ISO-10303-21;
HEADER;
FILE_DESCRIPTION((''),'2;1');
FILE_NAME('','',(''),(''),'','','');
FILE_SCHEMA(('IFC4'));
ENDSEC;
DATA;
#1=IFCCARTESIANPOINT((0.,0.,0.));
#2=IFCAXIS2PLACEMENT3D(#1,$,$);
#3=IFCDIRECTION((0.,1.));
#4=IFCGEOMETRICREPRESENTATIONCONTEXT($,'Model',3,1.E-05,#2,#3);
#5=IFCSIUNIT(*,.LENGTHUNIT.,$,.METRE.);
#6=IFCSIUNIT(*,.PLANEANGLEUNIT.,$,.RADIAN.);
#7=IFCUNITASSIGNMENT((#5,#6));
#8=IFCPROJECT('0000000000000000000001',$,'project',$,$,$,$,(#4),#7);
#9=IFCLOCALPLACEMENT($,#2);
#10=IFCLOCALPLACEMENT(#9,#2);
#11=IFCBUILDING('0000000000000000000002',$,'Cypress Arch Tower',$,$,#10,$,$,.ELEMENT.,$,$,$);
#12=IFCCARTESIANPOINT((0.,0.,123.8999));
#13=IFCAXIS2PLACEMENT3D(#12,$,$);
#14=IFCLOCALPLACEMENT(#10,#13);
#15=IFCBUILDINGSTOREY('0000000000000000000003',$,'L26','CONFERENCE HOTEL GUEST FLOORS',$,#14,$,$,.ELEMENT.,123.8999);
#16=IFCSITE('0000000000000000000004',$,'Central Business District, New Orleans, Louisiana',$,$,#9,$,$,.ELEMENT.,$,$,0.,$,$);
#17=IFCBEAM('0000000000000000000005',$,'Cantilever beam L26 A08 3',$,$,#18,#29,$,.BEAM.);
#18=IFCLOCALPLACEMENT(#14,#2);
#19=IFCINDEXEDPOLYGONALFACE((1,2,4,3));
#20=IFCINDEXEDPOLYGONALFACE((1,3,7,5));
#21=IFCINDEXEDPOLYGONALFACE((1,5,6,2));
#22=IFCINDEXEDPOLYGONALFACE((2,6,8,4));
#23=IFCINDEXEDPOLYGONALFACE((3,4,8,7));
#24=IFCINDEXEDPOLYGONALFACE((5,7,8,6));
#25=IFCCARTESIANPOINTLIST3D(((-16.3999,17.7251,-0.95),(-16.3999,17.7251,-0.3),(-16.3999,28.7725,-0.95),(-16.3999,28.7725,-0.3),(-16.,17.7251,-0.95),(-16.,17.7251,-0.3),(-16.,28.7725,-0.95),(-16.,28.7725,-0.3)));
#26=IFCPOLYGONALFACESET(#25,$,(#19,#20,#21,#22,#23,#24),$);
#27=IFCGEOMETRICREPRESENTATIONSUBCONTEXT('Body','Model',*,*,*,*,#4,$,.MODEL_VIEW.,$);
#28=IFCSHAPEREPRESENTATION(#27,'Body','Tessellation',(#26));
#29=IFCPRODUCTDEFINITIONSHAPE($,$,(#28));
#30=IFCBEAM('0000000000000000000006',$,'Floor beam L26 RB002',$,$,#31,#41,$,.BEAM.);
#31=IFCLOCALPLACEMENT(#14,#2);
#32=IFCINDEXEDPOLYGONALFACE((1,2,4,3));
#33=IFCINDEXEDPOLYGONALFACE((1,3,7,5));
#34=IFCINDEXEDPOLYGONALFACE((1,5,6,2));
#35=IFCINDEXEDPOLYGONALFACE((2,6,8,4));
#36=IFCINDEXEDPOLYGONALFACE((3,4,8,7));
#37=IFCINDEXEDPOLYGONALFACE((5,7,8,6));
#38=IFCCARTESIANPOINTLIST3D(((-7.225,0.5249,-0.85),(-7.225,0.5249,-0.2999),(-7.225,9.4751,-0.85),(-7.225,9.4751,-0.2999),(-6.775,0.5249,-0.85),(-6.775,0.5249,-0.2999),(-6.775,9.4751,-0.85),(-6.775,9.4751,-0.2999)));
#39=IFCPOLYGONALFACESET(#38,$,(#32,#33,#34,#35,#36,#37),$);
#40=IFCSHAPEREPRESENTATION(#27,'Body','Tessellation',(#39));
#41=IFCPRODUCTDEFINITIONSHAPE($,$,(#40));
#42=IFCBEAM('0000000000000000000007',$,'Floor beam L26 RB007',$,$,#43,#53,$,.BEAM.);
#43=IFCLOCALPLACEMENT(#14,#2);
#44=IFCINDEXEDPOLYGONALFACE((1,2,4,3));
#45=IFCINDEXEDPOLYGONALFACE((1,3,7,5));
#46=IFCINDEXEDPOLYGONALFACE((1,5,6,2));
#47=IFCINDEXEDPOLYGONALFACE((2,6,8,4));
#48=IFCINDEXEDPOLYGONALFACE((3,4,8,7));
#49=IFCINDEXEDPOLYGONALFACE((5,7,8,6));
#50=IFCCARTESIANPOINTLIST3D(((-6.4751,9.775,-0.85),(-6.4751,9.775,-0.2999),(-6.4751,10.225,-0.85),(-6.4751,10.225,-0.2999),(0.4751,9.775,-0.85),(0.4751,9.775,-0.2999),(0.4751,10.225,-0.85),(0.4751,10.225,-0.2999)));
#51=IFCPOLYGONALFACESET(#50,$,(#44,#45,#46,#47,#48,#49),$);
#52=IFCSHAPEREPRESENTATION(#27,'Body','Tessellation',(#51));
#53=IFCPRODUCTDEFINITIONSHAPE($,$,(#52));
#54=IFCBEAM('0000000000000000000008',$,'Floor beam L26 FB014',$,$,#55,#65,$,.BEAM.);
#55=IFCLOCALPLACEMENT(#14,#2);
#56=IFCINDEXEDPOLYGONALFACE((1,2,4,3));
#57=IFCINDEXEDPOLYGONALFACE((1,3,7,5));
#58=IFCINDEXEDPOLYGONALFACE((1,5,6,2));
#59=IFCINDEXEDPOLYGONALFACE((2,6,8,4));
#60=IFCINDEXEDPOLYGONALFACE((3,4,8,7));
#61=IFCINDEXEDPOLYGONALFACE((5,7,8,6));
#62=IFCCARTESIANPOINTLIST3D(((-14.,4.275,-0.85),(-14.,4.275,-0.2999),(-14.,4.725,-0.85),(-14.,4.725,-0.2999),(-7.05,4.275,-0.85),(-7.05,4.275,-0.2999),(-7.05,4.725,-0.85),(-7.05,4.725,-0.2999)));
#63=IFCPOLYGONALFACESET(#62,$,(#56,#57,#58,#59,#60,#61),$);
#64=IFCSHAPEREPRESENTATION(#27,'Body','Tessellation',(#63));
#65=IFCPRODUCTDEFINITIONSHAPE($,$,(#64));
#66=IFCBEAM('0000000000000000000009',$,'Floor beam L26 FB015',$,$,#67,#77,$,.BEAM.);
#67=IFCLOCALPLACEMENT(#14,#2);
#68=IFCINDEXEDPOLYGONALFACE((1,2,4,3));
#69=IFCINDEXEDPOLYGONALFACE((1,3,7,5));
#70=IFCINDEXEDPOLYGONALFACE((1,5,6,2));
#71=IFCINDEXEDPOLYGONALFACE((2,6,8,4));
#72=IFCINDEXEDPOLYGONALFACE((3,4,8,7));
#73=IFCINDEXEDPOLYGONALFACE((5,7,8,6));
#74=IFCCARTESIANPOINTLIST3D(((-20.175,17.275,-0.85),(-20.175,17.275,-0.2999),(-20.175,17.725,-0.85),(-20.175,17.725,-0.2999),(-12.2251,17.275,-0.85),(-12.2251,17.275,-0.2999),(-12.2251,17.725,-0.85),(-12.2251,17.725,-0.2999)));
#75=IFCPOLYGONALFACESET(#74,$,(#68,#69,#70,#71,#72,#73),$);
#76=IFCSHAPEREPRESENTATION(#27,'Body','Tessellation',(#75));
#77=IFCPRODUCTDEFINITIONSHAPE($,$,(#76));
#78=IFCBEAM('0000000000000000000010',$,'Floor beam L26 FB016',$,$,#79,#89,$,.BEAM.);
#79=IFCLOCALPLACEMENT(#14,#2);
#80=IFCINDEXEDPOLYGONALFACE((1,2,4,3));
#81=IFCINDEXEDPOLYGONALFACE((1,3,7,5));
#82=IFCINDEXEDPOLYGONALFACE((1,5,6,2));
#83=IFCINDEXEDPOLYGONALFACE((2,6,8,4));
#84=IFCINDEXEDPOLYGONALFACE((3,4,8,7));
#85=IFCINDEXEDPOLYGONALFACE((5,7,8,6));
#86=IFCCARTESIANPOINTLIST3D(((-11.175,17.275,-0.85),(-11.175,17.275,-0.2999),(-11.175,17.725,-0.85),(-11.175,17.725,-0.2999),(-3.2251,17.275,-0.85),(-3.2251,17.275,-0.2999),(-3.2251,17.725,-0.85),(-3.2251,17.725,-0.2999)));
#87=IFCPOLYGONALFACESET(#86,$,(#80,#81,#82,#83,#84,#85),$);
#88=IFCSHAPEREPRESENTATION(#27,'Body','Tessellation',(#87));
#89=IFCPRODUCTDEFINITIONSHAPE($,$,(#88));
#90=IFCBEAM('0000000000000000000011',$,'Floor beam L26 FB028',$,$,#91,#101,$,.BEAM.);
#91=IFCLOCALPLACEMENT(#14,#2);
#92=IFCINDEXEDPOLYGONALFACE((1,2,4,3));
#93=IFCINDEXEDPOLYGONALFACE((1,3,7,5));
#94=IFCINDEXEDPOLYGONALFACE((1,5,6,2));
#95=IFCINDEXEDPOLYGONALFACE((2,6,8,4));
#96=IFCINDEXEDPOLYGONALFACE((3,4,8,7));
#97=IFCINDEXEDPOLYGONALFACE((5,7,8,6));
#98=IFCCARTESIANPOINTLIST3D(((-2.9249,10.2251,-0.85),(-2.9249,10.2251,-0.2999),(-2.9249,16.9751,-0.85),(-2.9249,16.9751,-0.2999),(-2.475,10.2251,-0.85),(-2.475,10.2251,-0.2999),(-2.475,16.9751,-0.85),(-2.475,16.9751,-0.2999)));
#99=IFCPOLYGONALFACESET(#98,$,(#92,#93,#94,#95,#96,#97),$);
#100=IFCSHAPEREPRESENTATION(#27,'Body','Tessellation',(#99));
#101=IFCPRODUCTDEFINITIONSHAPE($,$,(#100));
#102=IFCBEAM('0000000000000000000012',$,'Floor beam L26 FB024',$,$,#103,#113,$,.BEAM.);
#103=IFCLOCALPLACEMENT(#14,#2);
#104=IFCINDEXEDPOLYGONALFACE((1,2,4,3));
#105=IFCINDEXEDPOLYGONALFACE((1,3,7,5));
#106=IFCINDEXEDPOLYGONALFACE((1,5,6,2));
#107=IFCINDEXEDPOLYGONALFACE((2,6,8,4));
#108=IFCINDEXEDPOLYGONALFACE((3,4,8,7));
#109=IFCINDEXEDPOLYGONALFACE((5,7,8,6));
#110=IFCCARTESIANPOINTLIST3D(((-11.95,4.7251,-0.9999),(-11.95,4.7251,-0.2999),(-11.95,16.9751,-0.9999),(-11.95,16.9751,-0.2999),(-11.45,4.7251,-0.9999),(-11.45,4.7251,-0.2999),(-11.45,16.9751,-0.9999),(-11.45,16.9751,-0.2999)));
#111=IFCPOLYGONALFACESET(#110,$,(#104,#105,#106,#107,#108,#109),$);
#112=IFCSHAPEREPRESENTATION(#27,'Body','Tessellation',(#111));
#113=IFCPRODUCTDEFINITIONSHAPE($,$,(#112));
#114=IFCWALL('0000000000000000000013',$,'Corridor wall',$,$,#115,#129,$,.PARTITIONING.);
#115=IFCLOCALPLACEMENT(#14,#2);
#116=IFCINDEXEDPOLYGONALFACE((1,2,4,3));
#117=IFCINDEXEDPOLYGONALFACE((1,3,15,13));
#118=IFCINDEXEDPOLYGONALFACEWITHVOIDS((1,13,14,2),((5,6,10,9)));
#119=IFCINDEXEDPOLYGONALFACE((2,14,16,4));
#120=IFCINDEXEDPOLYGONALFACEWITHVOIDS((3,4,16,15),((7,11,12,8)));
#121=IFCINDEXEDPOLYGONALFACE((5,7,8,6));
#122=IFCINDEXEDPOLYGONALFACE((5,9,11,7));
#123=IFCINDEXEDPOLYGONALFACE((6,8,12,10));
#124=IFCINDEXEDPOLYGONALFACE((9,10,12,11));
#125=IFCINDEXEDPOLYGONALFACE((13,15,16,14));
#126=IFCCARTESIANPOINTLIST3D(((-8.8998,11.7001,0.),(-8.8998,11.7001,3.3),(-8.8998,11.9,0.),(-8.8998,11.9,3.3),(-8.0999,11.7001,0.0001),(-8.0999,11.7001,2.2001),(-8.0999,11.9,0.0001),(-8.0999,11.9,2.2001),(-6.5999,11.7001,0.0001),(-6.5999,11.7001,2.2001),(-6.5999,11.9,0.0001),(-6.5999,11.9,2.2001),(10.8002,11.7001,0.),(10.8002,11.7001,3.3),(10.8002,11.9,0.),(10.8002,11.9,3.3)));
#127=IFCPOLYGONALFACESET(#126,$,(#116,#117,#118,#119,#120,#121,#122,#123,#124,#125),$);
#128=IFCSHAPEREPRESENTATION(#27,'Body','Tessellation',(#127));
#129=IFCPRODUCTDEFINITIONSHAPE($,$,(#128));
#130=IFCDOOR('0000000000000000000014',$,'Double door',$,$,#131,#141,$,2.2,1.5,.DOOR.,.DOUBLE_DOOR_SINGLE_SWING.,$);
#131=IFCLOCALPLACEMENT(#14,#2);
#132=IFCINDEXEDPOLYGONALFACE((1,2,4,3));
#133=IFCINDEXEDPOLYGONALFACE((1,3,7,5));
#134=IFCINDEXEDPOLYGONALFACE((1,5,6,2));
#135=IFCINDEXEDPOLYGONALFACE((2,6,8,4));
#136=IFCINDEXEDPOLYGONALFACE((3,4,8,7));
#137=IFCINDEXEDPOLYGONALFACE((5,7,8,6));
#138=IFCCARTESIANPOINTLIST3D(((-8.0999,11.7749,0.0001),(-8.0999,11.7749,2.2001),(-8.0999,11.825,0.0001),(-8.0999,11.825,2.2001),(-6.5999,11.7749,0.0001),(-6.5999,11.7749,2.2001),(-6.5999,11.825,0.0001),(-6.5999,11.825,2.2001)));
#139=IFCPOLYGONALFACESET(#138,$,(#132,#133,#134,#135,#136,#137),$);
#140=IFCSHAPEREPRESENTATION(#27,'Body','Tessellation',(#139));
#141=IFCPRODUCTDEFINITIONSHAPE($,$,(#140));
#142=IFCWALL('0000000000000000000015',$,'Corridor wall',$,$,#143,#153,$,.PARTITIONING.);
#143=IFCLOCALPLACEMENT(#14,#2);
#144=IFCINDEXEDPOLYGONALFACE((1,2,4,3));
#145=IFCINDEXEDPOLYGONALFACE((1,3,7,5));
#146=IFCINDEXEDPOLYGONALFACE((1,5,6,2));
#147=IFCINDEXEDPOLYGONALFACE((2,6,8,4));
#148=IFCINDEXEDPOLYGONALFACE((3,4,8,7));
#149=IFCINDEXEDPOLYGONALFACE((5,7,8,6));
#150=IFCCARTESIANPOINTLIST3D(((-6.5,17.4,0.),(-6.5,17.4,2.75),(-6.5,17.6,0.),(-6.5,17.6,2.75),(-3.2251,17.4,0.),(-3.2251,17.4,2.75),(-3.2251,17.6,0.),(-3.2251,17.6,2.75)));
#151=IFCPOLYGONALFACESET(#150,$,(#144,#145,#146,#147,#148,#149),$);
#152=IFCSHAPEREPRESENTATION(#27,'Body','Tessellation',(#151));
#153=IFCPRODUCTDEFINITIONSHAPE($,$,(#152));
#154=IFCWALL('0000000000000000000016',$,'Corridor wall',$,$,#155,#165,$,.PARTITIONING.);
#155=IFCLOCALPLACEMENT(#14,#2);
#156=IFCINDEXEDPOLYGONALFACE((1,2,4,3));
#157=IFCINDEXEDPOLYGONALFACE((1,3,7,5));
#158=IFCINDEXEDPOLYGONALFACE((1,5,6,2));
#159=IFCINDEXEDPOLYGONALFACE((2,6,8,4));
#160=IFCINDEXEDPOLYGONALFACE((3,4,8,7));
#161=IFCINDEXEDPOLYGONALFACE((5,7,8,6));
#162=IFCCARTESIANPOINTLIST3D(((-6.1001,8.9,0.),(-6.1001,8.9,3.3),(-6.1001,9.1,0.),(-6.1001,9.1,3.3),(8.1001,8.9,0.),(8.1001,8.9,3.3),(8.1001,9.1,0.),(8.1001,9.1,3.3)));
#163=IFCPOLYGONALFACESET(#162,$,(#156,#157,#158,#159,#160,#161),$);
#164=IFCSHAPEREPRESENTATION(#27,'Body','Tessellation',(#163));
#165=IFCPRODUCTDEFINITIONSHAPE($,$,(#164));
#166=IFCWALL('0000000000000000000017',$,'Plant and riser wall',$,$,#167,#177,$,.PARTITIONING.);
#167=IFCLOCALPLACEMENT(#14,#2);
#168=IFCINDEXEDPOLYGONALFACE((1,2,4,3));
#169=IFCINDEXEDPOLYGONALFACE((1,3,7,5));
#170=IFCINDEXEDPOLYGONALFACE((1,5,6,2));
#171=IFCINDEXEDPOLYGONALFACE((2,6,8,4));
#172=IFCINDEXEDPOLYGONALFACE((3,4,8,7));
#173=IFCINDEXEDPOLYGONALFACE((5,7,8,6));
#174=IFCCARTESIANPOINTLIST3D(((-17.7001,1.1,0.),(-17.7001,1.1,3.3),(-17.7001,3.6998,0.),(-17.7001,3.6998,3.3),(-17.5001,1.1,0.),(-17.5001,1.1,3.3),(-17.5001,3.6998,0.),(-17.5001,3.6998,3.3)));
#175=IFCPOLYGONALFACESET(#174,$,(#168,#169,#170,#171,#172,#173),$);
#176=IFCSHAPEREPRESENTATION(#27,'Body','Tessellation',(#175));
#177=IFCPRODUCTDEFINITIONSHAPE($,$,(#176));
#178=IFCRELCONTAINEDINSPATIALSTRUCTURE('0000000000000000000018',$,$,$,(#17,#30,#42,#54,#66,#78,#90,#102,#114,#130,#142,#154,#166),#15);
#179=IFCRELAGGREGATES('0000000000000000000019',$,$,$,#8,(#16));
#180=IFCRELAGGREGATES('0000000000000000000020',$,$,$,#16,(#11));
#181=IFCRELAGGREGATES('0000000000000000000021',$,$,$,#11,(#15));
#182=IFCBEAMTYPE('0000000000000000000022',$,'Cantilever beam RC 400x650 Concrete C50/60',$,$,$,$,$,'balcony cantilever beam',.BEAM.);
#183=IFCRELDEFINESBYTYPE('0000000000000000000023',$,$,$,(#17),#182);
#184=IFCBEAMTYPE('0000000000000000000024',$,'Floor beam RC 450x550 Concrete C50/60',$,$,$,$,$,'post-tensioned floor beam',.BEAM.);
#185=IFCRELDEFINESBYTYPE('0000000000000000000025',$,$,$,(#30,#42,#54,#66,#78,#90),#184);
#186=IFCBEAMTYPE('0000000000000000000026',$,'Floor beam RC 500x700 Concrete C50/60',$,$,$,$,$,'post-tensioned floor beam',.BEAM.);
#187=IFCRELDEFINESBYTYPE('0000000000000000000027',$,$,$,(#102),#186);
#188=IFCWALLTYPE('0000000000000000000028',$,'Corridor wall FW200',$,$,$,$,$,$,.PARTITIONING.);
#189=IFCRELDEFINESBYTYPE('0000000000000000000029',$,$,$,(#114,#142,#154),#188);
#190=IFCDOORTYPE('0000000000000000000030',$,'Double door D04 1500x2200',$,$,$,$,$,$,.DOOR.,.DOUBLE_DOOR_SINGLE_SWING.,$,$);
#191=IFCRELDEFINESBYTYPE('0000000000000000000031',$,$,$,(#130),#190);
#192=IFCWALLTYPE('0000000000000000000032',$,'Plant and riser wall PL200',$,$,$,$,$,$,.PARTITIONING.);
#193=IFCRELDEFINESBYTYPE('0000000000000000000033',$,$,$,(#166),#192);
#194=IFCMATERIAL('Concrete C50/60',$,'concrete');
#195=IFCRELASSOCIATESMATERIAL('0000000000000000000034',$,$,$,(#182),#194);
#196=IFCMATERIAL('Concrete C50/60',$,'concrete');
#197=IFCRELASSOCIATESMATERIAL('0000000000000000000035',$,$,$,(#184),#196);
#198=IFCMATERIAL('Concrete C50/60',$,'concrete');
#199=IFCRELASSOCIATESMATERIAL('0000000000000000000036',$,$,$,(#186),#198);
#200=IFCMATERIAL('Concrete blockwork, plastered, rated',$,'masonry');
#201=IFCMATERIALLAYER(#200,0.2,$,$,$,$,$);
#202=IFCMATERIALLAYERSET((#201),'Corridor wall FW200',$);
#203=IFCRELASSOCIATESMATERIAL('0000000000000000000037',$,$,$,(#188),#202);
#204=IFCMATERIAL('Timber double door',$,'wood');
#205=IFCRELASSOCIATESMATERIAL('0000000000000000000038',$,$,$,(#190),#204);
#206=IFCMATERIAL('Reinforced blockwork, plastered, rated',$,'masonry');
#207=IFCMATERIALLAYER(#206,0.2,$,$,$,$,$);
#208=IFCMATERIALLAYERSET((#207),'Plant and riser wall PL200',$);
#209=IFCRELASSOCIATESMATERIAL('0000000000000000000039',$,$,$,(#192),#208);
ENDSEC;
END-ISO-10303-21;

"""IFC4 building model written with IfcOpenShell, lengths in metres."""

from ifc_helpers import new_model, si_unit, direction, frame, frame_2d, origin, origin_2d, place, context, subcontext, project, spatial, rectangle, extrude, material, layer, layer_set, material_profile, profile_set, type_object, element, fill, save


model = new_model("IFC4")

# Units and contexts
model_context = context("Model", 3, precision=1e-05, world=origin(), true_north=direction((0.0, 1.0)))
body_context = subcontext(model_context, "Body", "Model", "MODEL_VIEW")
ifc_project = project(units=[si_unit("LENGTHUNIT", "METRE"), si_unit("PLANEANGLEUNIT", "RADIAN")], contexts=[model_context])

# Site, building, storey
site_placement = place(None, origin())
site = spatial("IfcSite", under=ifc_project, at=site_placement, Name="Central Business District, New Orleans, Louisiana", CompositionType="ELEMENT", RefElevation=0.0)
building_placement = place(site_placement, origin())
building = spatial("IfcBuilding", under=site, at=building_placement, Name="Cypress Arch Tower", CompositionType="ELEMENT")
storey_placement = place(building_placement, frame((0.0, 0.0, 123.8999)))
storey = spatial("IfcBuildingStorey", under=building, at=storey_placement, Name="L26", Description="CONFERENCE HOTEL GUEST FLOORS", CompositionType="ELEMENT", Elevation=123.8999)

# Beams
ifc_material_1 = material(Name="Concrete C50/60", Category="concrete")
ifc_material_profile_1 = material_profile(ifc_material_1, rectangle(XDim=0.3999, YDim=0.6499, at=origin_2d()), Name="RC 400x650")
ifc_profile_set_1 = profile_set([ifc_material_profile_1], Name="Concrete C50/60")
beam_type_1 = type_object("IfcBeamType", Name="Cantilever beam RC 400x650 Concrete C50/60", ElementType="balcony cantilever beam", PredefinedType="BEAM", material=ifc_profile_set_1)
beam_1_placement = place(storey_placement, frame((-16.2, 17.7251, -0.625), z_axis=(0.0, 1.0, 0.0), x_axis=(-1.0, 0.0, 0.0)))
element("IfcBeam", 1, at=beam_1_placement, inside=storey, type_object=beam_type_1, Name="Cantilever beam L26 A08 3", PredefinedType="BEAM", context=body_context, shape_type="SweptSolid", body=[
    extrude(rectangle(XDim=0.3999, YDim=0.6499, at=origin_2d()), origin(), (0.0, 0.0, 1.0), 11.0474),
])
ifc_material_2 = material(Name="Concrete C50/60", Category="concrete")
ifc_material_profile_2 = material_profile(ifc_material_2, rectangle(XDim=0.45, YDim=0.55, at=origin_2d()), Name="RC 450x550")
ifc_profile_set_2 = profile_set([ifc_material_profile_2], Name="Concrete C50/60")
beam_type_2 = type_object("IfcBeamType", Name="Floor beam RC 450x550 Concrete C50/60", ElementType="post-tensioned floor beam", PredefinedType="BEAM", material=ifc_profile_set_2)
beam_2_placement = place(storey_placement, frame((-7.0, 0.5249, -0.575), z_axis=(0.0, 1.0, 0.0), x_axis=(-1.0, 0.0, 0.0)))
element("IfcBeam", 2, at=beam_2_placement, inside=storey, type_object=beam_type_2, Name="Floor beam L26 RB002", PredefinedType="BEAM", context=body_context, shape_type="SweptSolid", body=[
    extrude(rectangle(XDim=0.45, YDim=0.55, at=origin_2d()), origin(), (0.0, 0.0, 1.0), 8.9502),
])
beam_3_placement = place(storey_placement, frame((-6.4751, 10.0, -0.575), z_axis=(1.0, 0.0, 0.0), x_axis=(0.0, 1.0, 0.0)))
element("IfcBeam", 3, at=beam_3_placement, inside=storey, type_object=beam_type_2, Name="Floor beam L26 RB007", PredefinedType="BEAM", context=body_context, shape_type="SweptSolid", body=[
    extrude(rectangle(XDim=0.45, YDim=0.55, at=origin_2d()), origin(), (0.0, 0.0, 1.0), 6.9502),
])
beam_4_placement = place(storey_placement, frame((-14.0, 4.5, -0.575), z_axis=(1.0, 0.0, 0.0), x_axis=(0.0, 1.0, 0.0)))
element("IfcBeam", 4, at=beam_4_placement, inside=storey, type_object=beam_type_2, Name="Floor beam L26 FB014", PredefinedType="BEAM", context=body_context, shape_type="SweptSolid", body=[
    extrude(rectangle(XDim=0.45, YDim=0.55, at=origin_2d()), origin(), (0.0, 0.0, 1.0), 6.95),
])
for number, where, z_axis, x_axis, name in (
    (5, (-20.175, 17.5, -0.575), (1.0, 0.0, 0.0), (0.0, 1.0, 0.0), "Floor beam L26 FB015"),
    (6, (-11.175, 17.5, -0.575), (1.0, 0.0, 0.0), (0.0, 1.0, 0.0), "Floor beam L26 FB016"),
):
    element("IfcBeam", number, at=place(storey_placement, frame(where, z_axis=z_axis, x_axis=x_axis)), inside=storey, type_object=beam_type_2, Name=name, PredefinedType="BEAM", context=body_context, shape_type="SweptSolid", body=[
        extrude(rectangle(XDim=0.45, YDim=0.55, at=origin_2d()), origin(), (0.0, 0.0, 1.0), 7.95),
    ])
beam_5_placement = place(storey_placement, frame((-2.7, 10.2251, -0.575), z_axis=(0.0, 1.0, 0.0), x_axis=(-1.0, 0.0, 0.0)))
element("IfcBeam", 7, at=beam_5_placement, inside=storey, type_object=beam_type_2, Name="Floor beam L26 FB028", PredefinedType="BEAM", context=body_context, shape_type="SweptSolid", body=[
    extrude(rectangle(XDim=0.45, YDim=0.55, at=origin_2d()), origin(), (0.0, 0.0, 1.0), 6.75),
])
ifc_material_3 = material(Name="Concrete C50/60", Category="concrete")
ifc_material_profile_3 = material_profile(ifc_material_3, rectangle(XDim=0.5, YDim=0.7, at=origin_2d()), Name="RC 500x700")
ifc_profile_set_3 = profile_set([ifc_material_profile_3], Name="Concrete C50/60")
beam_type_3 = type_object("IfcBeamType", Name="Floor beam RC 500x700 Concrete C50/60", ElementType="post-tensioned floor beam", PredefinedType="BEAM", material=ifc_profile_set_3)
beam_6_placement = place(storey_placement, frame((-11.7, 4.7251, -0.6499), z_axis=(0.0, 1.0, 0.0), x_axis=(-1.0, 0.0, 0.0)))
element("IfcBeam", 8, at=beam_6_placement, inside=storey, type_object=beam_type_3, Name="Floor beam L26 FB024", PredefinedType="BEAM", context=body_context, shape_type="SweptSolid", body=[
    extrude(rectangle(XDim=0.5, YDim=0.7, at=origin_2d()), origin(), (0.0, 0.0, 1.0), 12.25),
])

# Shared definitions
ifc_material_4 = material(Name="Concrete blockwork, plastered, rated", Category="masonry")
ifc_layer_1 = layer(ifc_material_4, 0.2)
ifc_layer_set_1 = layer_set([ifc_layer_1], Name="Corridor wall FW200")
wall_type_1 = type_object("IfcWallType", Name="Corridor wall FW200", PredefinedType="PARTITIONING", material=ifc_layer_set_1)

# Wall, opening, door
wall_1_placement = place(storey_placement, frame((-8.8999, 11.8, 0.0), z_axis=(0.0, 0.0, 1.0), x_axis=(1.0, 0.0, 0.0)))
wall_1 = element("IfcWall", 9, at=wall_1_placement, inside=storey, type_object=wall_type_1, Name="Corridor wall", PredefinedType="PARTITIONING", context=body_context, shape_type="SweptSolid", body=[
    extrude(rectangle(XDim=19.7, YDim=0.2, at=frame_2d((9.8501, 0.0))), origin(), (0.0, 0.0, 1.0), 3.3),
])
opening_1_placement = place(wall_1_placement, frame((0.8, 0.0, 0.0)))
opening_1 = element("IfcOpeningElement", 10, at=opening_1_placement, cuts=wall_1, PredefinedType="OPENING", context=body_context, shape_type="SweptSolid", body=[
    extrude(rectangle(XDim=1.5, YDim=2.2, at=frame_2d((0.75, 1.1001))), frame((0.0, 0.1099, 0.0), z_axis=(0.0, -1.0, 0.0), x_axis=(1.0, 0.0, 0.0)), (0.0, 0.0, 1.0), 0.22),
])
ifc_material_5 = material(Name="Timber double door", Category="wood")
door_type_1 = type_object("IfcDoorType", Name="Double door D04 1500x2200", OperationType="DOUBLE_DOOR_SINGLE_SWING", PredefinedType="DOOR", material=ifc_material_5)
door_1_placement = place(opening_1_placement, origin())
door_1 = element("IfcDoor", 11, at=door_1_placement, inside=storey, type_object=door_type_1, Name="Double door", OperationType="DOUBLE_DOOR_SINGLE_SWING", OverallHeight=2.2, OverallWidth=1.5, PredefinedType="DOOR", context=body_context, shape_type="SweptSolid", body=[
    extrude(rectangle(XDim=1.5, YDim=2.2, at=frame_2d((0.75, 1.1001))), frame((0.0, 0.0249, 0.0), z_axis=(0.0, -1.0, 0.0), x_axis=(1.0, 0.0, 0.0)), (0.0, 0.0, 1.0), 0.05),
])
fill(opening_1, door_1)

# Walls
wall_2_placement = place(storey_placement, frame((-6.5, 17.5, 0.0), z_axis=(0.0, 0.0, 1.0), x_axis=(1.0, 0.0, 0.0)))
element("IfcWall", 12, at=wall_2_placement, inside=storey, type_object=wall_type_1, Name="Corridor wall", PredefinedType="PARTITIONING", context=body_context, shape_type="SweptSolid", body=[
    extrude(rectangle(XDim=3.2749, YDim=0.2, at=frame_2d((1.6375, 0.0))), origin(), (0.0, 0.0, 1.0), 2.75),
])
wall_3_placement = place(storey_placement, frame((-6.1001, 9.0, 0.0), z_axis=(0.0, 0.0, 1.0), x_axis=(1.0, 0.0, 0.0)))
element("IfcWall", 13, at=wall_3_placement, inside=storey, type_object=wall_type_1, Name="Corridor wall", PredefinedType="PARTITIONING", context=body_context, shape_type="SweptSolid", body=[
    extrude(rectangle(XDim=14.2002, YDim=0.2, at=frame_2d((7.1001, 0.0))), origin(), (0.0, 0.0, 1.0), 3.3),
])
ifc_material_6 = material(Name="Reinforced blockwork, plastered, rated", Category="masonry")
ifc_layer_2 = layer(ifc_material_6, 0.2)
ifc_layer_set_2 = layer_set([ifc_layer_2], Name="Plant and riser wall PL200")
wall_type_2 = type_object("IfcWallType", Name="Plant and riser wall PL200", PredefinedType="PARTITIONING", material=ifc_layer_set_2)
wall_4_placement = place(storey_placement, frame((-17.6001, 1.1001, 0.0), z_axis=(0.0, 0.0, 1.0), x_axis=(0.0, 1.0, 0.0)))
element("IfcWall", 14, at=wall_4_placement, inside=storey, type_object=wall_type_2, Name="Plant and riser wall", PredefinedType="PARTITIONING", context=body_context, shape_type="SweptSolid", body=[
    extrude(rectangle(XDim=2.5999, YDim=0.2, at=frame_2d((1.2998, 0.0))), origin(), (0.0, 0.0, 1.0), 3.3),
])

save(model, "model.ifc")
